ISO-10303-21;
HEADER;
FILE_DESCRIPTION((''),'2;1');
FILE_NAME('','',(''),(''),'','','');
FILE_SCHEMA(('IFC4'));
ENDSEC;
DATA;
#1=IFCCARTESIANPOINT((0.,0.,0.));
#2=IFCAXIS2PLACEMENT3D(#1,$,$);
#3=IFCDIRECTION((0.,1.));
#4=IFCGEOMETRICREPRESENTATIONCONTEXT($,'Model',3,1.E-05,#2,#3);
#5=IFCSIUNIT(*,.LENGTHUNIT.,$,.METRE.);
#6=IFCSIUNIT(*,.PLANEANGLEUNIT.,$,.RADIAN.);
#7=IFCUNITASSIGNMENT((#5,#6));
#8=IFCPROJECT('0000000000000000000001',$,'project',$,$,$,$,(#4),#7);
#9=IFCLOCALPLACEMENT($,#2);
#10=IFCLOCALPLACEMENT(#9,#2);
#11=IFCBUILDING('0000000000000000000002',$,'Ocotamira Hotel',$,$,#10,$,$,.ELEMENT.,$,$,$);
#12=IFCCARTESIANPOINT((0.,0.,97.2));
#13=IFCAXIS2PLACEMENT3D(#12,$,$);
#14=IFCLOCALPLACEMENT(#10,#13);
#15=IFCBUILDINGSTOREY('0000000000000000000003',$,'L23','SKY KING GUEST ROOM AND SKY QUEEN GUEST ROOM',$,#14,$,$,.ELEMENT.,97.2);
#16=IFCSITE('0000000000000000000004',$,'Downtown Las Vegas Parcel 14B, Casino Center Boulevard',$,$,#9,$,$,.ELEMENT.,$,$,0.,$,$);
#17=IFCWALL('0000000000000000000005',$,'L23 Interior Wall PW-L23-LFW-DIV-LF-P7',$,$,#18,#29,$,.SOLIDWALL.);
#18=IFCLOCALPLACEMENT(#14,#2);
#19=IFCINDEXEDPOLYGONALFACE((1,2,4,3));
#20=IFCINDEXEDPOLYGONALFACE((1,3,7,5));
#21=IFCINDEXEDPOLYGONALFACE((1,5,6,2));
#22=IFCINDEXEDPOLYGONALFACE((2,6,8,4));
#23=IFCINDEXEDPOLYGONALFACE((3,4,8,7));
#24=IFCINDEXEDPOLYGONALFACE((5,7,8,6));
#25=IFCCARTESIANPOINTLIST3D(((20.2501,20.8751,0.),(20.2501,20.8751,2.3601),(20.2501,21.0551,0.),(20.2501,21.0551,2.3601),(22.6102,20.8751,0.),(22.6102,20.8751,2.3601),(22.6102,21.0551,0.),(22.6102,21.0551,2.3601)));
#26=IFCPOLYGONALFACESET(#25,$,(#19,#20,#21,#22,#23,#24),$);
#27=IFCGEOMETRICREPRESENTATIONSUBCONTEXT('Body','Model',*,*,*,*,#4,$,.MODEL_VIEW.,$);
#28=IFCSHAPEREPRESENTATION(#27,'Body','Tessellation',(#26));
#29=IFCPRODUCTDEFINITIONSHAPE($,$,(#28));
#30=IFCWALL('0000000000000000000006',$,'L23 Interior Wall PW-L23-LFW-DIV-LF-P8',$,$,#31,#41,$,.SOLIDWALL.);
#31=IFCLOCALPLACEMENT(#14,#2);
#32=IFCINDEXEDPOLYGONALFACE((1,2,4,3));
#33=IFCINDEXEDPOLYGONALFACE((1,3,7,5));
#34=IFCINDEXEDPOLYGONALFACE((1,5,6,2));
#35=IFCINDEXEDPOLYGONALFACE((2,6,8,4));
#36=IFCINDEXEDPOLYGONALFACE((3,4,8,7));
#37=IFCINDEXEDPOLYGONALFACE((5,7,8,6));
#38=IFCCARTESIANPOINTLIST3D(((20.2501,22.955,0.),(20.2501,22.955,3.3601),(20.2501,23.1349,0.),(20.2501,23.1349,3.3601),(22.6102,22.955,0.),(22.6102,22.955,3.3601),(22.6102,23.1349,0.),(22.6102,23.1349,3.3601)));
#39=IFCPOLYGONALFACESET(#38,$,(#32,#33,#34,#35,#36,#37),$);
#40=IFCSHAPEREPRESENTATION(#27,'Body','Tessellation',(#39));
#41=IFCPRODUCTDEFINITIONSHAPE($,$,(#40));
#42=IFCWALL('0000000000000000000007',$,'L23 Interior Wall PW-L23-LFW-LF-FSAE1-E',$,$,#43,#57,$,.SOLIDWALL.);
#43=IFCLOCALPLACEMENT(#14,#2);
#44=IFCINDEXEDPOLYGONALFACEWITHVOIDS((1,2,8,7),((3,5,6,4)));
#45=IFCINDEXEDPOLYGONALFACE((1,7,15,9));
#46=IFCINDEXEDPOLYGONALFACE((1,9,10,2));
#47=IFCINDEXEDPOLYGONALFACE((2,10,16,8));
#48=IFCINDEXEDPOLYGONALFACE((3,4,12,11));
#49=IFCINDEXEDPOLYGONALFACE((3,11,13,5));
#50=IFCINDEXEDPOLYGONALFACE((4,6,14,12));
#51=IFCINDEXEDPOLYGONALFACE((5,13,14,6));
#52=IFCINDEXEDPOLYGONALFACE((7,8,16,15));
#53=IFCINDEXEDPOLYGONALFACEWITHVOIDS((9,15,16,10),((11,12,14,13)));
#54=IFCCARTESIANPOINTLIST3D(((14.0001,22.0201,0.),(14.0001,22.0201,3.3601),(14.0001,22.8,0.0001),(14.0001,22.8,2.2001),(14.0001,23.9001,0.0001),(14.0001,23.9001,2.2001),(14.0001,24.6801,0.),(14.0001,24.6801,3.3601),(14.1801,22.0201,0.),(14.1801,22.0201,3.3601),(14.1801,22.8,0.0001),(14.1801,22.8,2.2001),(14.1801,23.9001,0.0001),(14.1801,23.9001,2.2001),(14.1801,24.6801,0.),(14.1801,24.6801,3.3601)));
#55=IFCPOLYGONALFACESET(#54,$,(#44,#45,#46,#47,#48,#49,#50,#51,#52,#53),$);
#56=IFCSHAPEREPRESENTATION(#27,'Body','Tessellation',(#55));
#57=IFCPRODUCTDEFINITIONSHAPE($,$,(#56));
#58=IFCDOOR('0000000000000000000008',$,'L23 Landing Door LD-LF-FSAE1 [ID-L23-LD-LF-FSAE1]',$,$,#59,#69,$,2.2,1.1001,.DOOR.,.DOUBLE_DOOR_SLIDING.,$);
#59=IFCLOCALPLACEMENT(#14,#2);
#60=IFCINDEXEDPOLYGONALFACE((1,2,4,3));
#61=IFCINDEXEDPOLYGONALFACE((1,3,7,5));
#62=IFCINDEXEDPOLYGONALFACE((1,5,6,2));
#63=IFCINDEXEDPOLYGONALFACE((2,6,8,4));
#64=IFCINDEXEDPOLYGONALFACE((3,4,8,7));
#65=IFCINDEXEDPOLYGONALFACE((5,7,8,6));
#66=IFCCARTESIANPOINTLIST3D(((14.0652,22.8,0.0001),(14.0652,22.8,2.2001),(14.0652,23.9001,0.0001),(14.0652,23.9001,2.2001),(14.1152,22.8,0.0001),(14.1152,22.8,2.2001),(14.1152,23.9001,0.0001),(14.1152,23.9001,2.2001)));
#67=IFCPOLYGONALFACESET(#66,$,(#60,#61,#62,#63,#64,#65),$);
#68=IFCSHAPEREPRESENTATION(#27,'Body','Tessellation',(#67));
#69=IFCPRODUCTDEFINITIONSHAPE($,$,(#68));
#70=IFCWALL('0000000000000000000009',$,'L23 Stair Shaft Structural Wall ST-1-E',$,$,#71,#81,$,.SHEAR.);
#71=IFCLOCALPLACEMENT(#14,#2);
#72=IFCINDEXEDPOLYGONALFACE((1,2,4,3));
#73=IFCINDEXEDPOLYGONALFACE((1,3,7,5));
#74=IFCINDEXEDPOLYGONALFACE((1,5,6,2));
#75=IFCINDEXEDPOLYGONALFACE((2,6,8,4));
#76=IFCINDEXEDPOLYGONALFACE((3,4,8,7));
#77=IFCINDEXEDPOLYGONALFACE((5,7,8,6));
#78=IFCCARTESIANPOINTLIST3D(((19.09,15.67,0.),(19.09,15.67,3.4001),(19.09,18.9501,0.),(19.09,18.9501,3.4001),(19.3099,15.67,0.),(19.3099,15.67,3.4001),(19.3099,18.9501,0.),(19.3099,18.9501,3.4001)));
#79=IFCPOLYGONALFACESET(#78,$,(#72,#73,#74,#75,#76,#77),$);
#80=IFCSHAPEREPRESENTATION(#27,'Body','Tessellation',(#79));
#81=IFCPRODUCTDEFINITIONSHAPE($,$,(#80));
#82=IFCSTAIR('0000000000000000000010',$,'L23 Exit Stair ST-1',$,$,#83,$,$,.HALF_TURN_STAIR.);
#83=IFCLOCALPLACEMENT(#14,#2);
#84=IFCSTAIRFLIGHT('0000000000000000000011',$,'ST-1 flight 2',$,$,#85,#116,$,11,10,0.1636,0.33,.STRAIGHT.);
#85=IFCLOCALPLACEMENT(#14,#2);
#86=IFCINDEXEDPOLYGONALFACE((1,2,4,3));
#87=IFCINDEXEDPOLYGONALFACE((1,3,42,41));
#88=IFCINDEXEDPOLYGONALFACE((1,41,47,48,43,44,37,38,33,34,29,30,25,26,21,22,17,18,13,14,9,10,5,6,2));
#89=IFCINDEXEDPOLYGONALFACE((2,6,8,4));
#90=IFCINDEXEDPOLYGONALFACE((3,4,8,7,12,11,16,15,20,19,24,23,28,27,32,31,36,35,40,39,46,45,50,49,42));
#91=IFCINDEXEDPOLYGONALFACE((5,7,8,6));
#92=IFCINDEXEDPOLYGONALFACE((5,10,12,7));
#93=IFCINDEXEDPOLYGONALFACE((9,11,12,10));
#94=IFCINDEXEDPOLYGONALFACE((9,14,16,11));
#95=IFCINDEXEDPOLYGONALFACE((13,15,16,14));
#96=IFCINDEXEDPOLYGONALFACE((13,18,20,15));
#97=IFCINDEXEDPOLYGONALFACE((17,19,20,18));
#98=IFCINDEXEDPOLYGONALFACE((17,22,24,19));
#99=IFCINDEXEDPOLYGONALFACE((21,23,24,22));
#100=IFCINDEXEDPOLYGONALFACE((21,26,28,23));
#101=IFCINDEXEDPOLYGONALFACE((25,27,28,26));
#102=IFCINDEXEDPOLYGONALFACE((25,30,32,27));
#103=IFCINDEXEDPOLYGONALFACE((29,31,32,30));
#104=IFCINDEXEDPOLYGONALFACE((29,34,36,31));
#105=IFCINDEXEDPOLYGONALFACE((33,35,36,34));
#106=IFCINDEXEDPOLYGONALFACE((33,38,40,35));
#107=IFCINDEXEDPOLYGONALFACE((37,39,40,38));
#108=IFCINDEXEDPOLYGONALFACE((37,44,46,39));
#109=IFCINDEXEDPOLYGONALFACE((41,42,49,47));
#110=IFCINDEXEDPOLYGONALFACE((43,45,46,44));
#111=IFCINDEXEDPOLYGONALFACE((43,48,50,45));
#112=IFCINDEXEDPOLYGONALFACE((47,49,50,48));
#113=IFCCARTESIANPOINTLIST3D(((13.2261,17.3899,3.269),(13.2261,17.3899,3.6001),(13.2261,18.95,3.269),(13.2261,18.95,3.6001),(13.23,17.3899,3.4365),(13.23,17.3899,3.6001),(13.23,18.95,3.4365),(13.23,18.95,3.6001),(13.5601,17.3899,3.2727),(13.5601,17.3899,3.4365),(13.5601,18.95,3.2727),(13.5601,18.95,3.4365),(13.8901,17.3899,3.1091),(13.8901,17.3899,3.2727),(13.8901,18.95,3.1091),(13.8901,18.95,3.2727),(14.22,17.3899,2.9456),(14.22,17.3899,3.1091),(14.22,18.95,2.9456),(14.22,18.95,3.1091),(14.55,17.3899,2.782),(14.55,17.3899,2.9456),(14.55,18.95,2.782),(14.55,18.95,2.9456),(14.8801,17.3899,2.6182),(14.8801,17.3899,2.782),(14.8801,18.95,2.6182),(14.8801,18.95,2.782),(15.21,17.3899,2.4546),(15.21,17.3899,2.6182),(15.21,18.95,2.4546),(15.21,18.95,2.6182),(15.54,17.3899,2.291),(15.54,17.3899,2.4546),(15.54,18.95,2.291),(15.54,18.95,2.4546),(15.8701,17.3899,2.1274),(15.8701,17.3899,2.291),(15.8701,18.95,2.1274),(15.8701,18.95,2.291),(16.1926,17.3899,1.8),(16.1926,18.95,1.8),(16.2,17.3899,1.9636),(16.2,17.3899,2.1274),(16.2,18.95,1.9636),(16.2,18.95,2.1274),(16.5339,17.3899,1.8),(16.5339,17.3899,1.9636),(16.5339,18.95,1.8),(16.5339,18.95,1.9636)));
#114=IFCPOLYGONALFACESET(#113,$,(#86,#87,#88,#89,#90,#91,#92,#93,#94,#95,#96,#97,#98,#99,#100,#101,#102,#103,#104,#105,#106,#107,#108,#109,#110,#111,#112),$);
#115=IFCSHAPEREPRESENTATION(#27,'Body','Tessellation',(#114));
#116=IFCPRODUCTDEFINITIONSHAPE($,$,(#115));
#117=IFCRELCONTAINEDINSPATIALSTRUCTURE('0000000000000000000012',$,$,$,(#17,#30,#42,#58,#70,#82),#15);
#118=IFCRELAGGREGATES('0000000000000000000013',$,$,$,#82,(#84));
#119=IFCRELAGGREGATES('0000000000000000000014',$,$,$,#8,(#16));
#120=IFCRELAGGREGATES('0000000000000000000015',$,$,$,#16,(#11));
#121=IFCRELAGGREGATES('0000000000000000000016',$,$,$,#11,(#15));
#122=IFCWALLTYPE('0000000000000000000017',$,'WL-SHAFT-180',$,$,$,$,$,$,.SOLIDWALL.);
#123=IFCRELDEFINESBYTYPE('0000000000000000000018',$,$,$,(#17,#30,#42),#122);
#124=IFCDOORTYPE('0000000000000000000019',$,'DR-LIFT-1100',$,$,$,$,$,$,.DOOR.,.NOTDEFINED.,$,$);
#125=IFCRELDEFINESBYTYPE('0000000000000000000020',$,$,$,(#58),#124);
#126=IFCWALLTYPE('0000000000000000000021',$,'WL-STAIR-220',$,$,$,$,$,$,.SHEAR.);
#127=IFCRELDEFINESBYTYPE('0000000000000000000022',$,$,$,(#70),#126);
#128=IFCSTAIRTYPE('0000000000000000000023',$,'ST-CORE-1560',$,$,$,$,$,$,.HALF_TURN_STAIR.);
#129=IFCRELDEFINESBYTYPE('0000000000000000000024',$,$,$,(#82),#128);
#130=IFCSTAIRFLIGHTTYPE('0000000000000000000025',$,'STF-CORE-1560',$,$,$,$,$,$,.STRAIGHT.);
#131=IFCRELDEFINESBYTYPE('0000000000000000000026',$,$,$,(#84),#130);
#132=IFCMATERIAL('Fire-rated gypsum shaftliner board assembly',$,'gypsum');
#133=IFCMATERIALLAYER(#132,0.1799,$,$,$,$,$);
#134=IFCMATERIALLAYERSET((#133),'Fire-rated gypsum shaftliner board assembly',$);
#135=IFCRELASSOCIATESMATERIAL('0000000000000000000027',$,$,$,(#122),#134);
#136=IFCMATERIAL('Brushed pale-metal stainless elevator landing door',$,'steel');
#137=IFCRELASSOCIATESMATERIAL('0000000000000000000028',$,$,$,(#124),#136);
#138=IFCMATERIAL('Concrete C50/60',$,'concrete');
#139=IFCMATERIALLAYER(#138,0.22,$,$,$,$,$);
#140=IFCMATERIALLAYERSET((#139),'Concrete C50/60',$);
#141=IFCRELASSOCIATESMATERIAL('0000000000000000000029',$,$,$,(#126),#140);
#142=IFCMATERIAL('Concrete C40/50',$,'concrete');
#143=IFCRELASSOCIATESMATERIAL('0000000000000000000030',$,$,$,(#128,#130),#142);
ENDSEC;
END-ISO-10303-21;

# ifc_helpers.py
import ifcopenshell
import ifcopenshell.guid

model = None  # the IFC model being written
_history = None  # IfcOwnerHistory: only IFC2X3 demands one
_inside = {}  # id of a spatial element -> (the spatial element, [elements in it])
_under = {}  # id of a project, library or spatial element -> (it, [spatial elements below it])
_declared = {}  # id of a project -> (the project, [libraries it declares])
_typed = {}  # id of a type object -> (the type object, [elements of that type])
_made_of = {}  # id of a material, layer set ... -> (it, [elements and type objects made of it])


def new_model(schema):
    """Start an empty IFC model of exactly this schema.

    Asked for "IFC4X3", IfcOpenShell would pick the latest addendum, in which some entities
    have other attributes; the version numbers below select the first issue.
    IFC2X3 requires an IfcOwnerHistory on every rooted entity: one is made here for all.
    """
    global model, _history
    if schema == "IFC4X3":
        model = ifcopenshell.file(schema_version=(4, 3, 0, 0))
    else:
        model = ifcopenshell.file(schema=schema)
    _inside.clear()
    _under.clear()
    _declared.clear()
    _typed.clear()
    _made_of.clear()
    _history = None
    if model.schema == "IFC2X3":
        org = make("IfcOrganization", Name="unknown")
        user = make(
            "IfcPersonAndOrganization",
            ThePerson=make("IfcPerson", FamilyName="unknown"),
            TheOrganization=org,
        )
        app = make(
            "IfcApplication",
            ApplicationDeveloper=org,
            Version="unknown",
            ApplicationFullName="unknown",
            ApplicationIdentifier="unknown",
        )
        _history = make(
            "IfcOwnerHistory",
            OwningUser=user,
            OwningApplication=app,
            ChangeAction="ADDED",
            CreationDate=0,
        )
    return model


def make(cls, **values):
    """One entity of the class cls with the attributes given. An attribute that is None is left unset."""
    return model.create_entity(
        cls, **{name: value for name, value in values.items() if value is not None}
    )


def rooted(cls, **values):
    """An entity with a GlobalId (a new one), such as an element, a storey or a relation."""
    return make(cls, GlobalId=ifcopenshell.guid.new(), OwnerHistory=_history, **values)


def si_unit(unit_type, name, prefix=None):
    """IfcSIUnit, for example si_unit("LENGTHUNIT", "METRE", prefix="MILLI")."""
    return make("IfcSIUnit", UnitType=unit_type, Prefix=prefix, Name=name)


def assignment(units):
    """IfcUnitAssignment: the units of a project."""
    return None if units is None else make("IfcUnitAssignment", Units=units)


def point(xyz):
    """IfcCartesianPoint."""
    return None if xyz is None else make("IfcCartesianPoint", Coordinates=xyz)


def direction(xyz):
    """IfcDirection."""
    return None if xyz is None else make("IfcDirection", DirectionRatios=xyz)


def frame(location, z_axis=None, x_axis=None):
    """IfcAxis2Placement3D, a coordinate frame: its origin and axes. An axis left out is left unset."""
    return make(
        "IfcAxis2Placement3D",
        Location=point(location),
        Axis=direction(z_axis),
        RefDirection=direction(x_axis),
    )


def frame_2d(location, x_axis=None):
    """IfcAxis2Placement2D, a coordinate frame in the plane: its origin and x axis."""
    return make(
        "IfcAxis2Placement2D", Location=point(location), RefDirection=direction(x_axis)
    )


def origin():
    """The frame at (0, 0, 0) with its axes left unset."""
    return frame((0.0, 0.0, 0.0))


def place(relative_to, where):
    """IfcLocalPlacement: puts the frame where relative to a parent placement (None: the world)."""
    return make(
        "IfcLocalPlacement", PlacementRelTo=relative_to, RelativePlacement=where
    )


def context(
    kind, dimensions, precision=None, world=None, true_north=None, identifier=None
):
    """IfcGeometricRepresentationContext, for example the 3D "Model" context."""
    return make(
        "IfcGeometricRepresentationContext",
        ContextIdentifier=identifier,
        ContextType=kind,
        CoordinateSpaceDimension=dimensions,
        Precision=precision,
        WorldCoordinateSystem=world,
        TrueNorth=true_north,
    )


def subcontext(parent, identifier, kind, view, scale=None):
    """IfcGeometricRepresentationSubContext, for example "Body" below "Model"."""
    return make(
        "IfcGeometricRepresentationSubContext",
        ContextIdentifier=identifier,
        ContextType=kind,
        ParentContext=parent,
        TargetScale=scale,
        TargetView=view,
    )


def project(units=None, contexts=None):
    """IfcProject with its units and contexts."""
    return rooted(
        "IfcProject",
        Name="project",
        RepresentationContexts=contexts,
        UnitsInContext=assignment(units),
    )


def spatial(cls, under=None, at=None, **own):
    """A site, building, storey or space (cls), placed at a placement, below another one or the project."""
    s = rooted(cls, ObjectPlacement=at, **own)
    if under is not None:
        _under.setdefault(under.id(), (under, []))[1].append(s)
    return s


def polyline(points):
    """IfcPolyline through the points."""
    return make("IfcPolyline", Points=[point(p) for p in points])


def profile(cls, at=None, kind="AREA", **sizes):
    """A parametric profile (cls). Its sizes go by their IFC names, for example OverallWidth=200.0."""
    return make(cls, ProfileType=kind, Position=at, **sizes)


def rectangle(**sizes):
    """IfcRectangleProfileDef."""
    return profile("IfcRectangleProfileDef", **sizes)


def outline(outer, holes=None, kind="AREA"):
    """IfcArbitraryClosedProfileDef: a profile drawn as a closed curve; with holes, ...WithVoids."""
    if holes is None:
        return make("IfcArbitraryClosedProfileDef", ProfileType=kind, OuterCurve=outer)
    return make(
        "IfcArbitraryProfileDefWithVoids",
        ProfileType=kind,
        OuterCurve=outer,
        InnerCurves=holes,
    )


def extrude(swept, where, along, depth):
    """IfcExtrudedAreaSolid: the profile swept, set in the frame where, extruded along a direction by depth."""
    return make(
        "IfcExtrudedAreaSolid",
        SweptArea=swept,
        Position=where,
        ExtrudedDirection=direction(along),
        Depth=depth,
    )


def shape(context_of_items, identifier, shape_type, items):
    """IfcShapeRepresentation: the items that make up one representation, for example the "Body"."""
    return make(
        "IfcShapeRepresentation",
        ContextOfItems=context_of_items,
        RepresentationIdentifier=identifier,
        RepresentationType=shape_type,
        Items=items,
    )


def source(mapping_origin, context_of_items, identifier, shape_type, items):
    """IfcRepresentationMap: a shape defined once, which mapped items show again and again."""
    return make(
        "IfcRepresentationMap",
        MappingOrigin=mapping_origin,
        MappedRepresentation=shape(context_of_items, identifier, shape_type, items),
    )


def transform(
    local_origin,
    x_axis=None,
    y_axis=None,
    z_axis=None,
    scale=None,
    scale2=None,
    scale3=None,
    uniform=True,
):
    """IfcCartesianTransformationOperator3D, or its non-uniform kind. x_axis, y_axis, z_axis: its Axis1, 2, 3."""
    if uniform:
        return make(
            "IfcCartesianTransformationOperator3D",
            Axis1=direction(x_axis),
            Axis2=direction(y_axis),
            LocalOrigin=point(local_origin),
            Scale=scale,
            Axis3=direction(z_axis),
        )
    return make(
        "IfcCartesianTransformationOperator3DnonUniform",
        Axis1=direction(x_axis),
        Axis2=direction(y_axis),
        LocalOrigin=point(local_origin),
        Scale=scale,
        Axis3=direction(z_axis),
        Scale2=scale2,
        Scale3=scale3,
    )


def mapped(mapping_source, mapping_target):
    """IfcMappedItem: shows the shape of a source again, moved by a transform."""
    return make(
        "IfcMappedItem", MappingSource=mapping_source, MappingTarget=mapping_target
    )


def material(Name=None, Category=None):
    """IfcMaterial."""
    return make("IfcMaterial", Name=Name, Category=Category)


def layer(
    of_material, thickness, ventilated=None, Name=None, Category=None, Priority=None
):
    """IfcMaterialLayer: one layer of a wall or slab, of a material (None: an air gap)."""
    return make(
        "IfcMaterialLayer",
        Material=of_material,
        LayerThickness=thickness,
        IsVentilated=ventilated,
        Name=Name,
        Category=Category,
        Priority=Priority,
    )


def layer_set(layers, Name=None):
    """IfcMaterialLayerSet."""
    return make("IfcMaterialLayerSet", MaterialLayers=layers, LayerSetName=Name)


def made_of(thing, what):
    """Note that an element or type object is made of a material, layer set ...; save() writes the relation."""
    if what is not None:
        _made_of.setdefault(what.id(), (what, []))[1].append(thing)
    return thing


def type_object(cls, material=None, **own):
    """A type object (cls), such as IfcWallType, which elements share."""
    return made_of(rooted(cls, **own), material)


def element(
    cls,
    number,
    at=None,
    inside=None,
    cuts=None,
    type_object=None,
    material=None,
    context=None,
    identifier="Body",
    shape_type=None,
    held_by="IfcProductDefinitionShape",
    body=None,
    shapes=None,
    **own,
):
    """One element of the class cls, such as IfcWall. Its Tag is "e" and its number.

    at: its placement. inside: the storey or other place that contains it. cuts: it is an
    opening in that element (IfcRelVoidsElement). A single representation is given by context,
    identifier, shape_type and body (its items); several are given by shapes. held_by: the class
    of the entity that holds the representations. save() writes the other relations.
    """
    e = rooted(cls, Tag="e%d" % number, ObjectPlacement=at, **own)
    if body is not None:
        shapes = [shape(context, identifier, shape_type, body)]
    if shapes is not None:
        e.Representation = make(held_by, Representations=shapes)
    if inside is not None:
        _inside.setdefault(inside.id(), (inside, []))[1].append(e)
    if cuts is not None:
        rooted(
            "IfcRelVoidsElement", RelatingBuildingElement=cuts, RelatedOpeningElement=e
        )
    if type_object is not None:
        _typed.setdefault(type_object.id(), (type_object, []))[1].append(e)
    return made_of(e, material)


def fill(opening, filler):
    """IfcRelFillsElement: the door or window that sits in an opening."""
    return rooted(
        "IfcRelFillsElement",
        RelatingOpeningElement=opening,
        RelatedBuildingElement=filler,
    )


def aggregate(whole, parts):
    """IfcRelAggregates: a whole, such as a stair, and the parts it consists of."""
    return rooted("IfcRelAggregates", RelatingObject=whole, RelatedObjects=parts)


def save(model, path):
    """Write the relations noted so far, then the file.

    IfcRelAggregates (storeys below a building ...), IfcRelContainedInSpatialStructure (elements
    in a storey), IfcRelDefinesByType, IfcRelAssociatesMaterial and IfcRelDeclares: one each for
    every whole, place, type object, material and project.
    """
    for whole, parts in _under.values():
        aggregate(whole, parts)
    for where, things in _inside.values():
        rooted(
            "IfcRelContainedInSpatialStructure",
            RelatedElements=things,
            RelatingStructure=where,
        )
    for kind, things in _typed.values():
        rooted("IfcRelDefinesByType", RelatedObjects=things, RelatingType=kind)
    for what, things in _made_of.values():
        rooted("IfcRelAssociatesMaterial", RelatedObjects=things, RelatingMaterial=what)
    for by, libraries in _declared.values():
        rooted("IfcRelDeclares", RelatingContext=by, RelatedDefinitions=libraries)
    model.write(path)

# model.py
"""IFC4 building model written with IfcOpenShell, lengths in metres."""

from ifc_helpers import new_model, si_unit, direction, frame, frame_2d, origin, place, context, subcontext, project, spatial, polyline, rectangle, outline, extrude, source, transform, mapped, material, layer, layer_set, type_object, element, fill, aggregate, save


model = new_model("IFC4")

# Units and contexts
model_context = context("Model", 3, precision=1e-05, world=origin(), true_north=direction((0.0, 1.0)))
body_context = subcontext(model_context, "Body", "Model", "MODEL_VIEW")
ifc_project = project(units=[si_unit("LENGTHUNIT", "METRE"), si_unit("PLANEANGLEUNIT", "RADIAN")], contexts=[model_context])

# Site, building, storey
site_placement = place(None, origin())
site = spatial("IfcSite", under=ifc_project, at=site_placement, Name="Downtown Las Vegas Parcel 14B, Casino Center Boulevard", CompositionType="ELEMENT", RefElevation=0.0)
building_placement = place(site_placement, origin())
building = spatial("IfcBuilding", under=site, at=building_placement, Name="Ocotamira Hotel", CompositionType="ELEMENT")
storey_placement = place(building_placement, frame((0.0, 0.0, 97.2)))
storey = spatial("IfcBuildingStorey", under=building, at=storey_placement, Name="L23", Description="SKY KING GUEST ROOM AND SKY QUEEN GUEST ROOM", CompositionType="ELEMENT", Elevation=97.2)

# Walls
ifc_material_1 = material(Name="Fire-rated gypsum shaftliner board assembly", Category="gypsum")
ifc_layer_1 = layer(ifc_material_1, 0.1799)
ifc_layer_set_1 = layer_set([ifc_layer_1], Name="Fire-rated gypsum shaftliner board assembly")
wall_type_1 = type_object("IfcWallType", Name="WL-SHAFT-180", PredefinedType="SOLIDWALL", material=ifc_layer_set_1)
wall_1_placement = place(storey_placement, frame((20.25, 20.9651, 0.0), z_axis=(0.0, 0.0, 1.0), x_axis=(1.0, 0.0, 0.0)))
element("IfcWall", 1, at=wall_1_placement, inside=storey, type_object=wall_type_1, Name="L23 Interior Wall PW-L23-LFW-DIV-LF-P7", PredefinedType="SOLIDWALL", context=body_context, shape_type="SweptSolid", body=[
    extrude(rectangle(XDim=2.3601, YDim=0.1799, at=frame_2d((1.1802, 0.0))), origin(), (0.0, 0.0, 1.0), 2.3601),
])
wall_2_placement = place(storey_placement, frame((20.25, 23.0449, 0.0), z_axis=(0.0, 0.0, 1.0), x_axis=(1.0, 0.0, 0.0)))
element("IfcWall", 2, at=wall_2_placement, inside=storey, type_object=wall_type_1, Name="L23 Interior Wall PW-L23-LFW-DIV-LF-P8", PredefinedType="SOLIDWALL", context=body_context, shape_type="SweptSolid", body=[
    extrude(rectangle(XDim=2.3601, YDim=0.1799, at=frame_2d((1.1802, 0.0))), origin(), (0.0, 0.0, 1.0), 3.3601),
])

# Wall, opening, door
wall_3_placement = place(storey_placement, frame((14.0901, 22.02, 0.0), z_axis=(0.0, 0.0, 1.0), x_axis=(0.0, 1.0, 0.0)))
wall_3 = element("IfcWall", 3, at=wall_3_placement, inside=storey, type_object=wall_type_1, Name="L23 Interior Wall PW-L23-LFW-LF-FSAE1-E", PredefinedType="SOLIDWALL", context=body_context, shape_type="SweptSolid", body=[
    extrude(rectangle(XDim=2.6599, YDim=0.1799, at=frame_2d((1.3301, 0.0))), origin(), (0.0, 0.0, 1.0), 3.3601),
])
opening_1_placement = place(wall_3_placement, frame((0.78, 0.0, 0.0)))
opening_1 = element("IfcOpeningElement", 4, at=opening_1_placement, cuts=wall_3, PredefinedType="OPENING", context=body_context, shape_type="SweptSolid", body=[
    extrude(rectangle(XDim=1.1001, YDim=2.2, at=frame_2d((0.55, 1.1001))), frame((0.0, 0.1001, 0.0), z_axis=(0.0, -1.0, 0.0), x_axis=(1.0, 0.0, 0.0)), (0.0, 0.0, 1.0), 0.2),
])
ifc_material_2 = material(Name="Brushed pale-metal stainless elevator landing door", Category="steel")
door_type_1 = type_object("IfcDoorType", Name="DR-LIFT-1100", OperationType="NOTDEFINED", PredefinedType="DOOR", material=ifc_material_2)
shared_shape_1 = source(origin(), body_context, "Body", "SweptSolid", [
    extrude(rectangle(XDim=1.1001, YDim=2.2, at=frame_2d((0.55, 1.1001))), frame((0.0, 0.0249, 0.0), z_axis=(0.0, -1.0, 0.0), x_axis=(1.0, 0.0, 0.0)), (0.0, 0.0, 1.0), 0.05),
])
door_1_placement = place(opening_1_placement, origin())
door_1 = element("IfcDoor", 5, at=door_1_placement, inside=storey, type_object=door_type_1, Name="L23 Landing Door LD-LF-FSAE1 [ID-L23-LD-LF-FSAE1]", OperationType="DOUBLE_DOOR_SLIDING", OverallHeight=2.2, OverallWidth=1.1001, PredefinedType="DOOR", context=body_context, shape_type="MappedRepresentation", body=[
    mapped(shared_shape_1, transform((0.0, 0.0, 0.0), scale=1.0)),
])
fill(opening_1, door_1)

# Wall
ifc_material_3 = material(Name="Concrete C50/60", Category="concrete")
ifc_layer_2 = layer(ifc_material_3, 0.22)
ifc_layer_set_2 = layer_set([ifc_layer_2], Name="Concrete C50/60")
wall_type_2 = type_object("IfcWallType", Name="WL-STAIR-220", PredefinedType="SHEAR", material=ifc_layer_set_2)
wall_4_placement = place(storey_placement, frame((19.2, 15.6699, 0.0), z_axis=(0.0, 0.0, 1.0), x_axis=(0.0, 1.0, 0.0)))
element("IfcWall", 6, at=wall_4_placement, inside=storey, type_object=wall_type_2, Name="L23 Stair Shaft Structural Wall ST-1-E", PredefinedType="SHEAR", context=body_context, shape_type="SweptSolid", body=[
    extrude(rectangle(XDim=3.28, YDim=0.22, at=frame_2d((1.6401, 0.0))), origin(), (0.0, 0.0, 1.0), 3.4001),
])

# Stair, stair flight
ifc_material_4 = material(Name="Concrete C40/50", Category="concrete")
stair_type = type_object("IfcStairType", Name="ST-CORE-1560", PredefinedType="HALF_TURN_STAIR", material=ifc_material_4)
stair_placement = place(storey_placement, origin())
stair = element("IfcStair", 7, at=stair_placement, inside=storey, type_object=stair_type, Name="L23 Exit Stair ST-1", PredefinedType="HALF_TURN_STAIR")
stair_flight_type = type_object("IfcStairFlightType", Name="STF-CORE-1560", PredefinedType="STRAIGHT", material=ifc_material_4)
shared_shape_2 = source(origin(), body_context, "Body", "SweptSolid", [
    extrude(outline(polyline([(-0.0039, 0.0), (-0.0039, 0.1636), (0.3301, 0.1636), (0.3301, 0.3274), (0.6599, 0.3274), (0.6599, 0.491), (0.99, 0.491), (0.99, 0.6545), (1.3201, 0.6545), (1.3201, 0.8181), (1.6499, 0.8181), (1.6499, 0.9819), (1.98, 0.9819), (1.98, 1.1455), (2.3101, 1.1455), (2.3101, 1.3091), (2.6399, 1.3091), (2.6399, 1.4727), (2.97, 1.4727), (2.97, 1.6365), (3.3, 1.6365), (3.3, 1.8), (3.304, 1.8), (3.304, 1.469), (0.3374, 0.0), (-0.0039, 0.0)])), frame((0.0, 0.78, 0.0), z_axis=(0.0, -1.0, 0.0), x_axis=(1.0, 0.0, 0.0)), (0.0, 0.0, 1.0), 1.5601),
])
stair_flight_placement = place(storey_placement, frame((16.53, 18.1699, 1.8), z_axis=(0.0, 0.0, 1.0), x_axis=(-1.0, 0.0, 0.0)))
stair_flight = element("IfcStairFlight", 8, at=stair_flight_placement, type_object=stair_flight_type, Name="ST-1 flight 2", NumberOfRisers=11, NumberOfTreads=10, PredefinedType="STRAIGHT", RiserHeight=0.1636, TreadLength=0.33, context=body_context, shape_type="MappedRepresentation", body=[
    mapped(shared_shape_2, transform((0.0, 0.0, 0.0), scale=1.0)),
])
aggregate(stair, [stair_flight])

save(model, "model.ifc")
